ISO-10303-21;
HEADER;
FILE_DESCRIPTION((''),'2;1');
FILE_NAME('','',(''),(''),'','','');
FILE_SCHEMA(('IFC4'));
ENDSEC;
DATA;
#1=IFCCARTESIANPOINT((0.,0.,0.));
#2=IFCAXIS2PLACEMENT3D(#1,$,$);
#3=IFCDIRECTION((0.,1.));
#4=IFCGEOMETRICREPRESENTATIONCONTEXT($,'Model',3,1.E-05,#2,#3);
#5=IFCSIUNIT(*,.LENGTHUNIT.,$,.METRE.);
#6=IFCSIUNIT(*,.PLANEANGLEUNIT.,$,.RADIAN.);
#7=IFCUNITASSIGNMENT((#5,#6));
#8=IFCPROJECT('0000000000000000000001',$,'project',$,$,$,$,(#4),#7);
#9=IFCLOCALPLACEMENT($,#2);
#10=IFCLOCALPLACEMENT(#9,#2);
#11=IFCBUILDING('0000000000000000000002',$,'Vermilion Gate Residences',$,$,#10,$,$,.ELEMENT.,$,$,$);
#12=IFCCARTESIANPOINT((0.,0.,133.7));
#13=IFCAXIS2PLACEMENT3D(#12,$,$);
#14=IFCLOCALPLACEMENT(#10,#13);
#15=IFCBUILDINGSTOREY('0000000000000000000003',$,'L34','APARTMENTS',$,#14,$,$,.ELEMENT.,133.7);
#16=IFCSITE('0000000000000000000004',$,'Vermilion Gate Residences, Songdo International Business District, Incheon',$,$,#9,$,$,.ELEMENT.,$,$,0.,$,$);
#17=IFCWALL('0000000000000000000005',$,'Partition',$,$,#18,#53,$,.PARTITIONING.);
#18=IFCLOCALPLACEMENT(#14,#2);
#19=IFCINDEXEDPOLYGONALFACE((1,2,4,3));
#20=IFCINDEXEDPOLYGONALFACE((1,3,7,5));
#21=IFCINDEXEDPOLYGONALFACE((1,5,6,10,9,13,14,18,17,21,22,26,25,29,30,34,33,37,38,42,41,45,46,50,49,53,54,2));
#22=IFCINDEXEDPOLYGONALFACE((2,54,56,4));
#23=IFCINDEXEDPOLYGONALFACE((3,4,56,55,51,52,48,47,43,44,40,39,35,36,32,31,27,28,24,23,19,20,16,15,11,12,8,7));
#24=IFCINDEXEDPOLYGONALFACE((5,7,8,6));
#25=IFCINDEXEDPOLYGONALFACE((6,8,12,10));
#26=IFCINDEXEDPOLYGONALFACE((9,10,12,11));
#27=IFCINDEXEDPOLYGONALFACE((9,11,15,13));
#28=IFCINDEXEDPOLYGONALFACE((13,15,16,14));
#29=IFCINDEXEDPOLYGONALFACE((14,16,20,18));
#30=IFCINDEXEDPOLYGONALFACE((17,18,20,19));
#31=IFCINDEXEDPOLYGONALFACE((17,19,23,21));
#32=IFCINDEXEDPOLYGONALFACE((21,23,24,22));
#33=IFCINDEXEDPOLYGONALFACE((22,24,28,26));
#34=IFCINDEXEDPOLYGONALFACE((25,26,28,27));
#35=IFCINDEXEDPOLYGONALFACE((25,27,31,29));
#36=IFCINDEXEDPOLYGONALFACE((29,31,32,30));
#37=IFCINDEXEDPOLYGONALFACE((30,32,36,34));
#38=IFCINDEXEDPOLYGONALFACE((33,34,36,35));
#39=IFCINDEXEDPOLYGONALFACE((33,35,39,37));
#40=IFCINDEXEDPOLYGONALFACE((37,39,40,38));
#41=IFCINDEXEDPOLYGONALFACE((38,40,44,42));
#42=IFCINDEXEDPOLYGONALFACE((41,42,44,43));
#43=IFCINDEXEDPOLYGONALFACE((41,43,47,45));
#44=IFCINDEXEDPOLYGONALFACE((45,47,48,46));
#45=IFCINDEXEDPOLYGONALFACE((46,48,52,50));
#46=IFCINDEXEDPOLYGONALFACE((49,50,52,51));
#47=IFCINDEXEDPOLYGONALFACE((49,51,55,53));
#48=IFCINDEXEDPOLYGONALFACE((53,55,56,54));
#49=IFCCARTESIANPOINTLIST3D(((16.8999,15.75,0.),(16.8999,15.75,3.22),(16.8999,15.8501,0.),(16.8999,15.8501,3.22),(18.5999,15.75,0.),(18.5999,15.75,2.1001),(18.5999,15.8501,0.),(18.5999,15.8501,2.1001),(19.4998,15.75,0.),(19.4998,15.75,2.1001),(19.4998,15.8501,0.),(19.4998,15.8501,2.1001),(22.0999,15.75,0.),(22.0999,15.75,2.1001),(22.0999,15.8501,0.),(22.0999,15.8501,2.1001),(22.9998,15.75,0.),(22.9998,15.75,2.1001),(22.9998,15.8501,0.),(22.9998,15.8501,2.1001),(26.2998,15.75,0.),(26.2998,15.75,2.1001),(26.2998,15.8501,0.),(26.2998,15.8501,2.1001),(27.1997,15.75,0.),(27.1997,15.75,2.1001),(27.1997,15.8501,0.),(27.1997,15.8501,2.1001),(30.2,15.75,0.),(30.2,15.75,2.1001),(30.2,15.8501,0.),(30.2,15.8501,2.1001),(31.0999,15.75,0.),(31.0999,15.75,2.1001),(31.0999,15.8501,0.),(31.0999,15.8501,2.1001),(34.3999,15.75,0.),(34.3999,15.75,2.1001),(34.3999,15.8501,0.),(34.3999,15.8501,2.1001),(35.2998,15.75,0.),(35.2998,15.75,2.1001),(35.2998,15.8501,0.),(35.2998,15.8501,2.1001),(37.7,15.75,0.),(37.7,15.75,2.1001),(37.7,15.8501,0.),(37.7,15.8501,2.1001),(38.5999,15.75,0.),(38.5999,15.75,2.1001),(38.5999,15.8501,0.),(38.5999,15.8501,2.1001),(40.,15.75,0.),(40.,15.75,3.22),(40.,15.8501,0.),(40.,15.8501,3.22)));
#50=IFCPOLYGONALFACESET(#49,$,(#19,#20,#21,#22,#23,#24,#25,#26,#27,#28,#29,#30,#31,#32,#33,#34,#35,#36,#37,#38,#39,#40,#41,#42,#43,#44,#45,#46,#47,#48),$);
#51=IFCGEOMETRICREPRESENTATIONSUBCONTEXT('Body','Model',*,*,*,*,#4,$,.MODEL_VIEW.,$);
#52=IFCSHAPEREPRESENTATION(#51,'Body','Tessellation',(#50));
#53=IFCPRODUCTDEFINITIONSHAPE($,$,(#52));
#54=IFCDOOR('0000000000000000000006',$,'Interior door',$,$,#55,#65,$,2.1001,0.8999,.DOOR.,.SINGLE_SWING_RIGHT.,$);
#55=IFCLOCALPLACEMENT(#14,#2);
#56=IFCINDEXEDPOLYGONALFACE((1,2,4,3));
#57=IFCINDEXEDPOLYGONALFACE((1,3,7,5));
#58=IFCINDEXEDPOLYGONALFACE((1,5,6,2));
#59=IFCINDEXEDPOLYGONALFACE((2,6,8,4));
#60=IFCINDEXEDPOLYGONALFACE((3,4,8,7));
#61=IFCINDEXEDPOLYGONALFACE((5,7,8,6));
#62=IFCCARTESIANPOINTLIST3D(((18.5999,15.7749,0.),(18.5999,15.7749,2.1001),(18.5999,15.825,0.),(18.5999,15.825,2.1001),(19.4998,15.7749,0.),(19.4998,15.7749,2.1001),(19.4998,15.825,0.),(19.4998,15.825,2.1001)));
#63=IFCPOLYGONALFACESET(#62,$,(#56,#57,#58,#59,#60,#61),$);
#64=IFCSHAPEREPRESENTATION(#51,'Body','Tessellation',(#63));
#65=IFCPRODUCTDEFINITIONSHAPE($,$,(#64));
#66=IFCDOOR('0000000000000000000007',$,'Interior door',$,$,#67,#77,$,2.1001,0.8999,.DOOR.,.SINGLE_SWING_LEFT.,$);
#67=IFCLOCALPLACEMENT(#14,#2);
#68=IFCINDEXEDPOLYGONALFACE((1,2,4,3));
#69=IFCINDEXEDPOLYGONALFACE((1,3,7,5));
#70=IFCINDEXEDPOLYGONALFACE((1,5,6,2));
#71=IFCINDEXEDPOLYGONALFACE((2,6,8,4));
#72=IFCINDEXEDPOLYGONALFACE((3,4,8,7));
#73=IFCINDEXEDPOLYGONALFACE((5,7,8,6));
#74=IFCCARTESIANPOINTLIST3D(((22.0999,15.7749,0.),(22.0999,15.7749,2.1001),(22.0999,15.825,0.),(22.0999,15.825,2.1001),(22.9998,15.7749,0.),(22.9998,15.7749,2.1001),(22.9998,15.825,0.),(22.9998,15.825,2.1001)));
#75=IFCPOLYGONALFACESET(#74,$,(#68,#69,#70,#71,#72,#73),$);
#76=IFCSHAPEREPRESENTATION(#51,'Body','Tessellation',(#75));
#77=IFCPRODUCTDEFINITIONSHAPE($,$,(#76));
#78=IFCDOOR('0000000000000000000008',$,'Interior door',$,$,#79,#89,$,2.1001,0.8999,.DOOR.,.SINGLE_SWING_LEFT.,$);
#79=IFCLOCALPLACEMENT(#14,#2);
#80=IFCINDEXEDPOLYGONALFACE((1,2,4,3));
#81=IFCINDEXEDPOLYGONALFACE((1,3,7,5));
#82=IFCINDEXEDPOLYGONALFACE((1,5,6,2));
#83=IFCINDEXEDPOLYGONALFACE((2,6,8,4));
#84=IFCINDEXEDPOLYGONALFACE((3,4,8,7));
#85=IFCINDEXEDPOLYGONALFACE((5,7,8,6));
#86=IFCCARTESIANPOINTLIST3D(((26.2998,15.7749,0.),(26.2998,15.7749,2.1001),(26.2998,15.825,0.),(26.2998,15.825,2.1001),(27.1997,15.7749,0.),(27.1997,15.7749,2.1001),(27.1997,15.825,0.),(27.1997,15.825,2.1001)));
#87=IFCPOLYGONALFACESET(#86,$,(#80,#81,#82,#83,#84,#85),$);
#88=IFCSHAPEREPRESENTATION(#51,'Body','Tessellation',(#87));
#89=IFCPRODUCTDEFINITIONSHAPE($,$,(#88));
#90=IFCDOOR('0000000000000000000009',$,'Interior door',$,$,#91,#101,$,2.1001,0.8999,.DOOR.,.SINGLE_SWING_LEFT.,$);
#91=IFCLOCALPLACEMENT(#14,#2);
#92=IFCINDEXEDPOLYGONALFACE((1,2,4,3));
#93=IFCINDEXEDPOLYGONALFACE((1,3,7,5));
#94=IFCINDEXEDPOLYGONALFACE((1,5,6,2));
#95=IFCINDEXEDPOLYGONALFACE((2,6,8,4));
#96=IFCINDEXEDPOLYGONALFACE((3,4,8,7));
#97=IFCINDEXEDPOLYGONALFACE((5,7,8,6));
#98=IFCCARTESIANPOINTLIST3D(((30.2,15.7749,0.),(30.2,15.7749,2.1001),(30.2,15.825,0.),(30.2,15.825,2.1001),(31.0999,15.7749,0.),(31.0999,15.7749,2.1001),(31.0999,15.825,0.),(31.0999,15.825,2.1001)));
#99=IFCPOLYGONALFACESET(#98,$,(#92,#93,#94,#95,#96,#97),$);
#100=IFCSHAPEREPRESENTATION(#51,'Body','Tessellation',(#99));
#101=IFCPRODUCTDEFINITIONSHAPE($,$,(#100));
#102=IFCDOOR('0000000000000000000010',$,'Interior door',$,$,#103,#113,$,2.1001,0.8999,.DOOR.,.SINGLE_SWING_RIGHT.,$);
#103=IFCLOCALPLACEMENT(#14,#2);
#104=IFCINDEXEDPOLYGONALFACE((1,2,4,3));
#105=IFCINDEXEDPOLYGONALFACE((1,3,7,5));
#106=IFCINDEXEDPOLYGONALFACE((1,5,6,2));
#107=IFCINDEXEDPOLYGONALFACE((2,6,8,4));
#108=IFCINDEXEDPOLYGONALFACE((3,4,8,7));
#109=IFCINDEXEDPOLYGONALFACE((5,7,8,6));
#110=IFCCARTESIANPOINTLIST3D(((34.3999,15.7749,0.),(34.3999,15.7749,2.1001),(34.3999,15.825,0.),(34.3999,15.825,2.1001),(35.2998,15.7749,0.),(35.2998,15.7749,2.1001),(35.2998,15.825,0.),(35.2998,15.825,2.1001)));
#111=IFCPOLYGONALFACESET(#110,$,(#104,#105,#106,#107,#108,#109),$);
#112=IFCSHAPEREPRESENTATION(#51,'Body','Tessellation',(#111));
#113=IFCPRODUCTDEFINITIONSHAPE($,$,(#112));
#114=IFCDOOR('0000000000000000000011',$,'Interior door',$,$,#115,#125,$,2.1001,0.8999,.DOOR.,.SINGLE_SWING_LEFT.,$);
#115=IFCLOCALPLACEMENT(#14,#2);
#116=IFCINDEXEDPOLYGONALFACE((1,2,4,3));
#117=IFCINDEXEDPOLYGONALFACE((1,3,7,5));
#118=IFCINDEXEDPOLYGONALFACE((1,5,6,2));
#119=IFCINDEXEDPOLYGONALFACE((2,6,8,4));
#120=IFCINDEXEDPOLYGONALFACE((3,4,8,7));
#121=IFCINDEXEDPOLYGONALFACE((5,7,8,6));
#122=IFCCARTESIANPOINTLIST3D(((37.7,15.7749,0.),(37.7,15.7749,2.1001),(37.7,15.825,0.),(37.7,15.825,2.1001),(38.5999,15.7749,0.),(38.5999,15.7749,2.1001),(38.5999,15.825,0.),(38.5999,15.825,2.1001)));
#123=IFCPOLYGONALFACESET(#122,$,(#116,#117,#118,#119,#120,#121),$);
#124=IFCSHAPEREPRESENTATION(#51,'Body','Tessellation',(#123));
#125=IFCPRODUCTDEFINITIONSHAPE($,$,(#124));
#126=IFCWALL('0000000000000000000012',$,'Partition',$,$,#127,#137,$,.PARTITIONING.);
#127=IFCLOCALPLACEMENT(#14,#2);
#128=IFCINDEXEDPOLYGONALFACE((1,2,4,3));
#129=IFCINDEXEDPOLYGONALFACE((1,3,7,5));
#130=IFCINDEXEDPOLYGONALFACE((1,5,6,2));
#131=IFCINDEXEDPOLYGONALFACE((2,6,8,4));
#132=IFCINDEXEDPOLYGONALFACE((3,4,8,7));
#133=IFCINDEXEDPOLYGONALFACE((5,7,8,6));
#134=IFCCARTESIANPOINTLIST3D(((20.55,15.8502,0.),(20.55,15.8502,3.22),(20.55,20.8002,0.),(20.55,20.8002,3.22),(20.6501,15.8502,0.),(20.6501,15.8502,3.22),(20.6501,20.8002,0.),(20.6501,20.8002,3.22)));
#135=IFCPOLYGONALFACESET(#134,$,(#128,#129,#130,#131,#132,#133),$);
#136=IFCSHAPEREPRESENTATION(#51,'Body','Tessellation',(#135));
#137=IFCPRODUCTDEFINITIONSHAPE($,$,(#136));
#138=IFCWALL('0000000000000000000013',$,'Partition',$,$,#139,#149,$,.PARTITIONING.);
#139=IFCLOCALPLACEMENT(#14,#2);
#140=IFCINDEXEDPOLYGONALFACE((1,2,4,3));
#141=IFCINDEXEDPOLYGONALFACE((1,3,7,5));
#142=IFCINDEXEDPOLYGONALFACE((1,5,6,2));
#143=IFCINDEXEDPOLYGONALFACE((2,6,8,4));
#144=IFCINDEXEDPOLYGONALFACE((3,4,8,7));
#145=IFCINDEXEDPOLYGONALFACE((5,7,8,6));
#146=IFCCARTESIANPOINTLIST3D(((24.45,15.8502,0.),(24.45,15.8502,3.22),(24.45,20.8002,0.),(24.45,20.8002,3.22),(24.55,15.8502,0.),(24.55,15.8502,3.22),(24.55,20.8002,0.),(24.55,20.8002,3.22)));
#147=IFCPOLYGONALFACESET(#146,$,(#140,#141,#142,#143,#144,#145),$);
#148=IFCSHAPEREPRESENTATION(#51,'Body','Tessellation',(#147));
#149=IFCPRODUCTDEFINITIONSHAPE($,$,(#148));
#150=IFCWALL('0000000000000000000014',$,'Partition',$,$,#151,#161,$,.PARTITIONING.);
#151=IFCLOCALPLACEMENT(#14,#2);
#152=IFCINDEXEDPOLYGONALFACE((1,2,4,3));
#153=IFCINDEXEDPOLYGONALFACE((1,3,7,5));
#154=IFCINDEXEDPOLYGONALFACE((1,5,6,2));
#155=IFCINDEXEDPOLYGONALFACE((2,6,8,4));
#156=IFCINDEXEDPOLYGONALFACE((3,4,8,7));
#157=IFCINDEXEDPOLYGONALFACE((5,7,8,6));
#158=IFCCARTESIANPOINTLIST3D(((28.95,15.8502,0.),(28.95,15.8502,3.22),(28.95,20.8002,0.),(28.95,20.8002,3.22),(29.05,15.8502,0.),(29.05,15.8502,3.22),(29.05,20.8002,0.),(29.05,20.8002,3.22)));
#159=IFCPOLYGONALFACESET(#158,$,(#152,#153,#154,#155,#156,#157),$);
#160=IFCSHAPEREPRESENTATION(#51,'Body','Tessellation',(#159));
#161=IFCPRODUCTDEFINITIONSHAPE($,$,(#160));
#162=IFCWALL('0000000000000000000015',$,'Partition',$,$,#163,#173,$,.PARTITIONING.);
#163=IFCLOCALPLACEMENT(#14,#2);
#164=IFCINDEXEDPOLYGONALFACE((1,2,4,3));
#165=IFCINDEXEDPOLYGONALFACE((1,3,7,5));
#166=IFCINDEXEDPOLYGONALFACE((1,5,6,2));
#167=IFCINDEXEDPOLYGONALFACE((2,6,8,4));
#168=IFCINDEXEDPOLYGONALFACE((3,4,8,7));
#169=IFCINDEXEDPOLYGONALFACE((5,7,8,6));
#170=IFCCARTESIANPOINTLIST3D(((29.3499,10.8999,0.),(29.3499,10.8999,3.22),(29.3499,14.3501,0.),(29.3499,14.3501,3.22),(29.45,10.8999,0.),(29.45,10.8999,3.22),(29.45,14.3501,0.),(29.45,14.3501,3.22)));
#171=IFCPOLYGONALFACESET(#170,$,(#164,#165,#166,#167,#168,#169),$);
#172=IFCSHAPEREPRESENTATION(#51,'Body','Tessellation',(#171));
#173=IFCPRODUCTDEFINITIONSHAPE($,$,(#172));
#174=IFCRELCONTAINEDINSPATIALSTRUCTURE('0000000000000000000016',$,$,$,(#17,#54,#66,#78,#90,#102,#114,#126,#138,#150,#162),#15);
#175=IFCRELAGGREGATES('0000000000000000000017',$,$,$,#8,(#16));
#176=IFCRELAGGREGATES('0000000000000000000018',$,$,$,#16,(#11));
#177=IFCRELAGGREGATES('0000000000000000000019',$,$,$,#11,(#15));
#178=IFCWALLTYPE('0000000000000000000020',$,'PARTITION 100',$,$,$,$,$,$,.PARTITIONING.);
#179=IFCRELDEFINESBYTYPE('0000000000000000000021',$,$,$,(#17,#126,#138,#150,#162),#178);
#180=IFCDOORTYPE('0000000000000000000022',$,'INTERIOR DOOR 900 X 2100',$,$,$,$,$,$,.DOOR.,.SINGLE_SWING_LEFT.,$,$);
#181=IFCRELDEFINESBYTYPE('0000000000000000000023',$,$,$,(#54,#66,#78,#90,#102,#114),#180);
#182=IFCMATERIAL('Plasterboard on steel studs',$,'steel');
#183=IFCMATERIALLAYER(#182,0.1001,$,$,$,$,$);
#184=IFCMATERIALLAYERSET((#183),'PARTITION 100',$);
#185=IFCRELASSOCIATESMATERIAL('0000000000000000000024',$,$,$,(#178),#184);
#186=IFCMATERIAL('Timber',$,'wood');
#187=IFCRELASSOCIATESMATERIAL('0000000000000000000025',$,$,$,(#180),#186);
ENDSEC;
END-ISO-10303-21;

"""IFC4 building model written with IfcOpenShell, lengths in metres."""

from ifc_helpers import new_model, si_unit, direction, frame, frame_2d, origin, place, context, subcontext, project, spatial, rectangle, extrude, material, layer, layer_set, type_object, element, fill, save


model = new_model("IFC4")

# Units and contexts
model_context = context("Model", 3, precision=1e-05, world=origin(), true_north=direction((0.0, 1.0)))
body_context = subcontext(model_context, "Body", "Model", "MODEL_VIEW")
ifc_project = project(units=[si_unit("LENGTHUNIT", "METRE"), si_unit("PLANEANGLEUNIT", "RADIAN")], contexts=[model_context])

# Site, building, storey
site_placement = place(None, origin())
site = spatial("IfcSite", under=ifc_project, at=site_placement, Name="Vermilion Gate Residences, Songdo International Business District, Incheon", CompositionType="ELEMENT", RefElevation=0.0)
building_placement = place(site_placement, origin())
building = spatial("IfcBuilding", under=site, at=building_placement, Name="Vermilion Gate Residences", CompositionType="ELEMENT")
storey_placement = place(building_placement, frame((0.0, 0.0, 133.7)))
storey = spatial("IfcBuildingStorey", under=building, at=storey_placement, Name="L34", Description="APARTMENTS", CompositionType="ELEMENT", Elevation=133.7)

# Wall, openings, doors
ifc_material_1 = material(Name="Plasterboard on steel studs", Category="steel")
ifc_layer_1 = layer(ifc_material_1, 0.1001)
ifc_layer_set_1 = layer_set([ifc_layer_1], Name="PARTITION 100")
wall_type_1 = type_object("IfcWallType", Name="PARTITION 100", PredefinedType="PARTITIONING", material=ifc_layer_set_1)
ifc_material_2 = material(Name="Timber", Category="wood")
door_type = type_object("IfcDoorType", Name="INTERIOR DOOR 900 X 2100", OperationType="SINGLE_SWING_LEFT", PredefinedType="DOOR", material=ifc_material_2)
wall_1_placement = place(storey_placement, frame((16.8999, 15.8, 0.0), z_axis=(0.0, 0.0, 1.0), x_axis=(1.0, 0.0, 0.0)))
wall_1 = element("IfcWall", 1, at=wall_1_placement, inside=storey, type_object=wall_type_1, Name="Partition", PredefinedType="PARTITIONING", context=body_context, shape_type="SweptSolid", body=[
    extrude(rectangle(XDim=23.1001, YDim=0.1001, at=frame_2d((11.55, 0.0))), origin(), (0.0, 0.0, 1.0), 3.22),
])
opening_1_placement = place(wall_1_placement, frame((1.7, 0.0, 0.0)))
opening_1 = element("IfcOpeningElement", 2, at=opening_1_placement, cuts=wall_1, PredefinedType="OPENING", context=body_context, shape_type="SweptSolid", body=[
    extrude(rectangle(XDim=0.8999, YDim=2.1001, at=frame_2d((0.45, 1.05))), frame((0.0, 0.0601, 0.0), z_axis=(0.0, -1.0, 0.0), x_axis=(1.0, 0.0, 0.0)), (0.0, 0.0, 1.0), 0.1201),
])
opening_2_placement = place(wall_1_placement, frame((5.2, 0.0, 0.0)))
opening_2 = element("IfcOpeningElement", 3, at=opening_2_placement, cuts=wall_1, PredefinedType="OPENING", context=body_context, shape_type="SweptSolid", body=[
    extrude(rectangle(XDim=0.8999, YDim=2.1001, at=frame_2d((0.45, 1.05))), frame((0.0, 0.0601, 0.0), z_axis=(0.0, -1.0, 0.0), x_axis=(1.0, 0.0, 0.0)), (0.0, 0.0, 1.0), 0.1201),
])
opening_3_placement = place(wall_1_placement, frame((9.3999, 0.0, 0.0)))
opening_3 = element("IfcOpeningElement", 4, at=opening_3_placement, cuts=wall_1, PredefinedType="OPENING", context=body_context, shape_type="SweptSolid", body=[
    extrude(rectangle(XDim=0.8999, YDim=2.1001, at=frame_2d((0.45, 1.05))), frame((0.0, 0.0601, 0.0), z_axis=(0.0, -1.0, 0.0), x_axis=(1.0, 0.0, 0.0)), (0.0, 0.0, 1.0), 0.1201),
])
opening_4_placement = place(wall_1_placement, frame((13.3, 0.0, 0.0)))
opening_4 = element("IfcOpeningElement", 5, at=opening_4_placement, cuts=wall_1, PredefinedType="OPENING", context=body_context, shape_type="SweptSolid", body=[
    extrude(rectangle(XDim=0.8999, YDim=2.1001, at=frame_2d((0.45, 1.05))), frame((0.0, 0.0601, 0.0), z_axis=(0.0, -1.0, 0.0), x_axis=(1.0, 0.0, 0.0)), (0.0, 0.0, 1.0), 0.1201),
])
opening_5_placement = place(wall_1_placement, frame((17.5, 0.0, 0.0)))
opening_5 = element("IfcOpeningElement", 6, at=opening_5_placement, cuts=wall_1, PredefinedType="OPENING", context=body_context, shape_type="SweptSolid", body=[
    extrude(rectangle(XDim=0.8999, YDim=2.1001, at=frame_2d((0.45, 1.05))), frame((0.0, 0.0601, 0.0), z_axis=(0.0, -1.0, 0.0), x_axis=(1.0, 0.0, 0.0)), (0.0, 0.0, 1.0), 0.1201),
])
opening_6_placement = place(wall_1_placement, frame((20.8, 0.0, 0.0)))
opening_6 = element("IfcOpeningElement", 7, at=opening_6_placement, cuts=wall_1, PredefinedType="OPENING", context=body_context, shape_type="SweptSolid", body=[
    extrude(rectangle(XDim=0.8999, YDim=2.1001, at=frame_2d((0.45, 1.05))), frame((0.0, 0.0601, 0.0), z_axis=(0.0, -1.0, 0.0), x_axis=(1.0, 0.0, 0.0)), (0.0, 0.0, 1.0), 0.1201),
])
door_1_placement = place(opening_1_placement, origin())
door_1 = element("IfcDoor", 8, at=door_1_placement, inside=storey, type_object=door_type, Name="Interior door", OperationType="SINGLE_SWING_RIGHT", OverallHeight=2.1001, OverallWidth=0.8999, PredefinedType="DOOR", context=body_context, shape_type="SweptSolid", body=[
    extrude(rectangle(XDim=0.8999, YDim=2.1001, at=frame_2d((0.45, 1.05))), frame((0.0, 0.0249, 0.0), z_axis=(0.0, -1.0, 0.0), x_axis=(1.0, 0.0, 0.0)), (0.0, 0.0, 1.0), 0.05),
])
fill(opening_1, door_1)
door_2_placement = place(opening_2_placement, origin())
door_2 = element("IfcDoor", 9, at=door_2_placement, inside=storey, type_object=door_type, Name="Interior door", OperationType="SINGLE_SWING_LEFT", OverallHeight=2.1001, OverallWidth=0.8999, PredefinedType="DOOR", context=body_context, shape_type="SweptSolid", body=[
    extrude(rectangle(XDim=0.8999, YDim=2.1001, at=frame_2d((0.45, 1.05))), frame((0.0, 0.0249, 0.0), z_axis=(0.0, -1.0, 0.0), x_axis=(1.0, 0.0, 0.0)), (0.0, 0.0, 1.0), 0.05),
])
fill(opening_2, door_2)
door_3_placement = place(opening_3_placement, origin())
door_3 = element("IfcDoor", 10, at=door_3_placement, inside=storey, type_object=door_type, Name="Interior door", OperationType="SINGLE_SWING_LEFT", OverallHeight=2.1001, OverallWidth=0.8999, PredefinedType="DOOR", context=body_context, shape_type="SweptSolid", body=[
    extrude(rectangle(XDim=0.8999, YDim=2.1001, at=frame_2d((0.45, 1.05))), frame((0.0, 0.0249, 0.0), z_axis=(0.0, -1.0, 0.0), x_axis=(1.0, 0.0, 0.0)), (0.0, 0.0, 1.0), 0.05),
])
fill(opening_3, door_3)
door_4_placement = place(opening_4_placement, origin())
door_4 = element("IfcDoor", 11, at=door_4_placement, inside=storey, type_object=door_type, Name="Interior door", OperationType="SINGLE_SWING_LEFT", OverallHeight=2.1001, OverallWidth=0.8999, PredefinedType="DOOR", context=body_context, shape_type="SweptSolid", body=[
    extrude(rectangle(XDim=0.8999, YDim=2.1001, at=frame_2d((0.45, 1.05))), frame((0.0, 0.0249, 0.0), z_axis=(0.0, -1.0, 0.0), x_axis=(1.0, 0.0, 0.0)), (0.0, 0.0, 1.0), 0.05),
])
fill(opening_4, door_4)
door_5_placement = place(opening_5_placement, origin())
door_5 = element("IfcDoor", 12, at=door_5_placement, inside=storey, type_object=door_type, Name="Interior door", OperationType="SINGLE_SWING_RIGHT", OverallHeight=2.1001, OverallWidth=0.8999, PredefinedType="DOOR", context=body_context, shape_type="SweptSolid", body=[
    extrude(rectangle(XDim=0.8999, YDim=2.1001, at=frame_2d((0.45, 1.05))), frame((0.0, 0.0249, 0.0), z_axis=(0.0, -1.0, 0.0), x_axis=(1.0, 0.0, 0.0)), (0.0, 0.0, 1.0), 0.05),
])
fill(opening_5, door_5)
door_6_placement = place(opening_6_placement, origin())
door_6 = element("IfcDoor", 13, at=door_6_placement, inside=storey, type_object=door_type, Name="Interior door", OperationType="SINGLE_SWING_LEFT", OverallHeight=2.1001, OverallWidth=0.8999, PredefinedType="DOOR", context=body_context, shape_type="SweptSolid", body=[
    extrude(rectangle(XDim=0.8999, YDim=2.1001, at=frame_2d((0.45, 1.05))), frame((0.0, 0.0249, 0.0), z_axis=(0.0, -1.0, 0.0), x_axis=(1.0, 0.0, 0.0)), (0.0, 0.0, 1.0), 0.05),
])
fill(opening_6, door_6)

# Walls
for number, where, z_axis, x_axis, name in (
    (14, (20.6001, 15.8501, 0.0), (0.0, 0.0, 1.0), (0.0, 1.0, 0.0), "Partition"),
    (15, (24.5, 15.8501, 0.0), (0.0, 0.0, 1.0), (0.0, 1.0, 0.0), "Partition"),
    (16, (29.0, 15.8501, 0.0), (0.0, 0.0, 1.0), (0.0, 1.0, 0.0), "Partition"),
):
    element("IfcWall", number, at=place(storey_placement, frame(where, z_axis=z_axis, x_axis=x_axis)), inside=storey, type_object=wall_type_1, Name=name, PredefinedType="PARTITIONING", context=body_context, shape_type="SweptSolid", body=[
        extrude(rectangle(XDim=4.95, YDim=0.1001, at=frame_2d((2.4751, 0.0))), origin(), (0.0, 0.0, 1.0), 3.22),
    ])
wall_2_placement = place(storey_placement, frame((29.3999, 10.8999, 0.0), z_axis=(0.0, 0.0, 1.0), x_axis=(0.0, 1.0, 0.0)))
element("IfcWall", 17, at=wall_2_placement, inside=storey, type_object=wall_type_1, Name="Partition", PredefinedType="PARTITIONING", context=body_context, shape_type="SweptSolid", body=[
    extrude(rectangle(XDim=3.4502, YDim=0.1001, at=frame_2d((1.7251, 0.0))), origin(), (0.0, 0.0, 1.0), 3.22),
])

save(model, "model.ifc")
